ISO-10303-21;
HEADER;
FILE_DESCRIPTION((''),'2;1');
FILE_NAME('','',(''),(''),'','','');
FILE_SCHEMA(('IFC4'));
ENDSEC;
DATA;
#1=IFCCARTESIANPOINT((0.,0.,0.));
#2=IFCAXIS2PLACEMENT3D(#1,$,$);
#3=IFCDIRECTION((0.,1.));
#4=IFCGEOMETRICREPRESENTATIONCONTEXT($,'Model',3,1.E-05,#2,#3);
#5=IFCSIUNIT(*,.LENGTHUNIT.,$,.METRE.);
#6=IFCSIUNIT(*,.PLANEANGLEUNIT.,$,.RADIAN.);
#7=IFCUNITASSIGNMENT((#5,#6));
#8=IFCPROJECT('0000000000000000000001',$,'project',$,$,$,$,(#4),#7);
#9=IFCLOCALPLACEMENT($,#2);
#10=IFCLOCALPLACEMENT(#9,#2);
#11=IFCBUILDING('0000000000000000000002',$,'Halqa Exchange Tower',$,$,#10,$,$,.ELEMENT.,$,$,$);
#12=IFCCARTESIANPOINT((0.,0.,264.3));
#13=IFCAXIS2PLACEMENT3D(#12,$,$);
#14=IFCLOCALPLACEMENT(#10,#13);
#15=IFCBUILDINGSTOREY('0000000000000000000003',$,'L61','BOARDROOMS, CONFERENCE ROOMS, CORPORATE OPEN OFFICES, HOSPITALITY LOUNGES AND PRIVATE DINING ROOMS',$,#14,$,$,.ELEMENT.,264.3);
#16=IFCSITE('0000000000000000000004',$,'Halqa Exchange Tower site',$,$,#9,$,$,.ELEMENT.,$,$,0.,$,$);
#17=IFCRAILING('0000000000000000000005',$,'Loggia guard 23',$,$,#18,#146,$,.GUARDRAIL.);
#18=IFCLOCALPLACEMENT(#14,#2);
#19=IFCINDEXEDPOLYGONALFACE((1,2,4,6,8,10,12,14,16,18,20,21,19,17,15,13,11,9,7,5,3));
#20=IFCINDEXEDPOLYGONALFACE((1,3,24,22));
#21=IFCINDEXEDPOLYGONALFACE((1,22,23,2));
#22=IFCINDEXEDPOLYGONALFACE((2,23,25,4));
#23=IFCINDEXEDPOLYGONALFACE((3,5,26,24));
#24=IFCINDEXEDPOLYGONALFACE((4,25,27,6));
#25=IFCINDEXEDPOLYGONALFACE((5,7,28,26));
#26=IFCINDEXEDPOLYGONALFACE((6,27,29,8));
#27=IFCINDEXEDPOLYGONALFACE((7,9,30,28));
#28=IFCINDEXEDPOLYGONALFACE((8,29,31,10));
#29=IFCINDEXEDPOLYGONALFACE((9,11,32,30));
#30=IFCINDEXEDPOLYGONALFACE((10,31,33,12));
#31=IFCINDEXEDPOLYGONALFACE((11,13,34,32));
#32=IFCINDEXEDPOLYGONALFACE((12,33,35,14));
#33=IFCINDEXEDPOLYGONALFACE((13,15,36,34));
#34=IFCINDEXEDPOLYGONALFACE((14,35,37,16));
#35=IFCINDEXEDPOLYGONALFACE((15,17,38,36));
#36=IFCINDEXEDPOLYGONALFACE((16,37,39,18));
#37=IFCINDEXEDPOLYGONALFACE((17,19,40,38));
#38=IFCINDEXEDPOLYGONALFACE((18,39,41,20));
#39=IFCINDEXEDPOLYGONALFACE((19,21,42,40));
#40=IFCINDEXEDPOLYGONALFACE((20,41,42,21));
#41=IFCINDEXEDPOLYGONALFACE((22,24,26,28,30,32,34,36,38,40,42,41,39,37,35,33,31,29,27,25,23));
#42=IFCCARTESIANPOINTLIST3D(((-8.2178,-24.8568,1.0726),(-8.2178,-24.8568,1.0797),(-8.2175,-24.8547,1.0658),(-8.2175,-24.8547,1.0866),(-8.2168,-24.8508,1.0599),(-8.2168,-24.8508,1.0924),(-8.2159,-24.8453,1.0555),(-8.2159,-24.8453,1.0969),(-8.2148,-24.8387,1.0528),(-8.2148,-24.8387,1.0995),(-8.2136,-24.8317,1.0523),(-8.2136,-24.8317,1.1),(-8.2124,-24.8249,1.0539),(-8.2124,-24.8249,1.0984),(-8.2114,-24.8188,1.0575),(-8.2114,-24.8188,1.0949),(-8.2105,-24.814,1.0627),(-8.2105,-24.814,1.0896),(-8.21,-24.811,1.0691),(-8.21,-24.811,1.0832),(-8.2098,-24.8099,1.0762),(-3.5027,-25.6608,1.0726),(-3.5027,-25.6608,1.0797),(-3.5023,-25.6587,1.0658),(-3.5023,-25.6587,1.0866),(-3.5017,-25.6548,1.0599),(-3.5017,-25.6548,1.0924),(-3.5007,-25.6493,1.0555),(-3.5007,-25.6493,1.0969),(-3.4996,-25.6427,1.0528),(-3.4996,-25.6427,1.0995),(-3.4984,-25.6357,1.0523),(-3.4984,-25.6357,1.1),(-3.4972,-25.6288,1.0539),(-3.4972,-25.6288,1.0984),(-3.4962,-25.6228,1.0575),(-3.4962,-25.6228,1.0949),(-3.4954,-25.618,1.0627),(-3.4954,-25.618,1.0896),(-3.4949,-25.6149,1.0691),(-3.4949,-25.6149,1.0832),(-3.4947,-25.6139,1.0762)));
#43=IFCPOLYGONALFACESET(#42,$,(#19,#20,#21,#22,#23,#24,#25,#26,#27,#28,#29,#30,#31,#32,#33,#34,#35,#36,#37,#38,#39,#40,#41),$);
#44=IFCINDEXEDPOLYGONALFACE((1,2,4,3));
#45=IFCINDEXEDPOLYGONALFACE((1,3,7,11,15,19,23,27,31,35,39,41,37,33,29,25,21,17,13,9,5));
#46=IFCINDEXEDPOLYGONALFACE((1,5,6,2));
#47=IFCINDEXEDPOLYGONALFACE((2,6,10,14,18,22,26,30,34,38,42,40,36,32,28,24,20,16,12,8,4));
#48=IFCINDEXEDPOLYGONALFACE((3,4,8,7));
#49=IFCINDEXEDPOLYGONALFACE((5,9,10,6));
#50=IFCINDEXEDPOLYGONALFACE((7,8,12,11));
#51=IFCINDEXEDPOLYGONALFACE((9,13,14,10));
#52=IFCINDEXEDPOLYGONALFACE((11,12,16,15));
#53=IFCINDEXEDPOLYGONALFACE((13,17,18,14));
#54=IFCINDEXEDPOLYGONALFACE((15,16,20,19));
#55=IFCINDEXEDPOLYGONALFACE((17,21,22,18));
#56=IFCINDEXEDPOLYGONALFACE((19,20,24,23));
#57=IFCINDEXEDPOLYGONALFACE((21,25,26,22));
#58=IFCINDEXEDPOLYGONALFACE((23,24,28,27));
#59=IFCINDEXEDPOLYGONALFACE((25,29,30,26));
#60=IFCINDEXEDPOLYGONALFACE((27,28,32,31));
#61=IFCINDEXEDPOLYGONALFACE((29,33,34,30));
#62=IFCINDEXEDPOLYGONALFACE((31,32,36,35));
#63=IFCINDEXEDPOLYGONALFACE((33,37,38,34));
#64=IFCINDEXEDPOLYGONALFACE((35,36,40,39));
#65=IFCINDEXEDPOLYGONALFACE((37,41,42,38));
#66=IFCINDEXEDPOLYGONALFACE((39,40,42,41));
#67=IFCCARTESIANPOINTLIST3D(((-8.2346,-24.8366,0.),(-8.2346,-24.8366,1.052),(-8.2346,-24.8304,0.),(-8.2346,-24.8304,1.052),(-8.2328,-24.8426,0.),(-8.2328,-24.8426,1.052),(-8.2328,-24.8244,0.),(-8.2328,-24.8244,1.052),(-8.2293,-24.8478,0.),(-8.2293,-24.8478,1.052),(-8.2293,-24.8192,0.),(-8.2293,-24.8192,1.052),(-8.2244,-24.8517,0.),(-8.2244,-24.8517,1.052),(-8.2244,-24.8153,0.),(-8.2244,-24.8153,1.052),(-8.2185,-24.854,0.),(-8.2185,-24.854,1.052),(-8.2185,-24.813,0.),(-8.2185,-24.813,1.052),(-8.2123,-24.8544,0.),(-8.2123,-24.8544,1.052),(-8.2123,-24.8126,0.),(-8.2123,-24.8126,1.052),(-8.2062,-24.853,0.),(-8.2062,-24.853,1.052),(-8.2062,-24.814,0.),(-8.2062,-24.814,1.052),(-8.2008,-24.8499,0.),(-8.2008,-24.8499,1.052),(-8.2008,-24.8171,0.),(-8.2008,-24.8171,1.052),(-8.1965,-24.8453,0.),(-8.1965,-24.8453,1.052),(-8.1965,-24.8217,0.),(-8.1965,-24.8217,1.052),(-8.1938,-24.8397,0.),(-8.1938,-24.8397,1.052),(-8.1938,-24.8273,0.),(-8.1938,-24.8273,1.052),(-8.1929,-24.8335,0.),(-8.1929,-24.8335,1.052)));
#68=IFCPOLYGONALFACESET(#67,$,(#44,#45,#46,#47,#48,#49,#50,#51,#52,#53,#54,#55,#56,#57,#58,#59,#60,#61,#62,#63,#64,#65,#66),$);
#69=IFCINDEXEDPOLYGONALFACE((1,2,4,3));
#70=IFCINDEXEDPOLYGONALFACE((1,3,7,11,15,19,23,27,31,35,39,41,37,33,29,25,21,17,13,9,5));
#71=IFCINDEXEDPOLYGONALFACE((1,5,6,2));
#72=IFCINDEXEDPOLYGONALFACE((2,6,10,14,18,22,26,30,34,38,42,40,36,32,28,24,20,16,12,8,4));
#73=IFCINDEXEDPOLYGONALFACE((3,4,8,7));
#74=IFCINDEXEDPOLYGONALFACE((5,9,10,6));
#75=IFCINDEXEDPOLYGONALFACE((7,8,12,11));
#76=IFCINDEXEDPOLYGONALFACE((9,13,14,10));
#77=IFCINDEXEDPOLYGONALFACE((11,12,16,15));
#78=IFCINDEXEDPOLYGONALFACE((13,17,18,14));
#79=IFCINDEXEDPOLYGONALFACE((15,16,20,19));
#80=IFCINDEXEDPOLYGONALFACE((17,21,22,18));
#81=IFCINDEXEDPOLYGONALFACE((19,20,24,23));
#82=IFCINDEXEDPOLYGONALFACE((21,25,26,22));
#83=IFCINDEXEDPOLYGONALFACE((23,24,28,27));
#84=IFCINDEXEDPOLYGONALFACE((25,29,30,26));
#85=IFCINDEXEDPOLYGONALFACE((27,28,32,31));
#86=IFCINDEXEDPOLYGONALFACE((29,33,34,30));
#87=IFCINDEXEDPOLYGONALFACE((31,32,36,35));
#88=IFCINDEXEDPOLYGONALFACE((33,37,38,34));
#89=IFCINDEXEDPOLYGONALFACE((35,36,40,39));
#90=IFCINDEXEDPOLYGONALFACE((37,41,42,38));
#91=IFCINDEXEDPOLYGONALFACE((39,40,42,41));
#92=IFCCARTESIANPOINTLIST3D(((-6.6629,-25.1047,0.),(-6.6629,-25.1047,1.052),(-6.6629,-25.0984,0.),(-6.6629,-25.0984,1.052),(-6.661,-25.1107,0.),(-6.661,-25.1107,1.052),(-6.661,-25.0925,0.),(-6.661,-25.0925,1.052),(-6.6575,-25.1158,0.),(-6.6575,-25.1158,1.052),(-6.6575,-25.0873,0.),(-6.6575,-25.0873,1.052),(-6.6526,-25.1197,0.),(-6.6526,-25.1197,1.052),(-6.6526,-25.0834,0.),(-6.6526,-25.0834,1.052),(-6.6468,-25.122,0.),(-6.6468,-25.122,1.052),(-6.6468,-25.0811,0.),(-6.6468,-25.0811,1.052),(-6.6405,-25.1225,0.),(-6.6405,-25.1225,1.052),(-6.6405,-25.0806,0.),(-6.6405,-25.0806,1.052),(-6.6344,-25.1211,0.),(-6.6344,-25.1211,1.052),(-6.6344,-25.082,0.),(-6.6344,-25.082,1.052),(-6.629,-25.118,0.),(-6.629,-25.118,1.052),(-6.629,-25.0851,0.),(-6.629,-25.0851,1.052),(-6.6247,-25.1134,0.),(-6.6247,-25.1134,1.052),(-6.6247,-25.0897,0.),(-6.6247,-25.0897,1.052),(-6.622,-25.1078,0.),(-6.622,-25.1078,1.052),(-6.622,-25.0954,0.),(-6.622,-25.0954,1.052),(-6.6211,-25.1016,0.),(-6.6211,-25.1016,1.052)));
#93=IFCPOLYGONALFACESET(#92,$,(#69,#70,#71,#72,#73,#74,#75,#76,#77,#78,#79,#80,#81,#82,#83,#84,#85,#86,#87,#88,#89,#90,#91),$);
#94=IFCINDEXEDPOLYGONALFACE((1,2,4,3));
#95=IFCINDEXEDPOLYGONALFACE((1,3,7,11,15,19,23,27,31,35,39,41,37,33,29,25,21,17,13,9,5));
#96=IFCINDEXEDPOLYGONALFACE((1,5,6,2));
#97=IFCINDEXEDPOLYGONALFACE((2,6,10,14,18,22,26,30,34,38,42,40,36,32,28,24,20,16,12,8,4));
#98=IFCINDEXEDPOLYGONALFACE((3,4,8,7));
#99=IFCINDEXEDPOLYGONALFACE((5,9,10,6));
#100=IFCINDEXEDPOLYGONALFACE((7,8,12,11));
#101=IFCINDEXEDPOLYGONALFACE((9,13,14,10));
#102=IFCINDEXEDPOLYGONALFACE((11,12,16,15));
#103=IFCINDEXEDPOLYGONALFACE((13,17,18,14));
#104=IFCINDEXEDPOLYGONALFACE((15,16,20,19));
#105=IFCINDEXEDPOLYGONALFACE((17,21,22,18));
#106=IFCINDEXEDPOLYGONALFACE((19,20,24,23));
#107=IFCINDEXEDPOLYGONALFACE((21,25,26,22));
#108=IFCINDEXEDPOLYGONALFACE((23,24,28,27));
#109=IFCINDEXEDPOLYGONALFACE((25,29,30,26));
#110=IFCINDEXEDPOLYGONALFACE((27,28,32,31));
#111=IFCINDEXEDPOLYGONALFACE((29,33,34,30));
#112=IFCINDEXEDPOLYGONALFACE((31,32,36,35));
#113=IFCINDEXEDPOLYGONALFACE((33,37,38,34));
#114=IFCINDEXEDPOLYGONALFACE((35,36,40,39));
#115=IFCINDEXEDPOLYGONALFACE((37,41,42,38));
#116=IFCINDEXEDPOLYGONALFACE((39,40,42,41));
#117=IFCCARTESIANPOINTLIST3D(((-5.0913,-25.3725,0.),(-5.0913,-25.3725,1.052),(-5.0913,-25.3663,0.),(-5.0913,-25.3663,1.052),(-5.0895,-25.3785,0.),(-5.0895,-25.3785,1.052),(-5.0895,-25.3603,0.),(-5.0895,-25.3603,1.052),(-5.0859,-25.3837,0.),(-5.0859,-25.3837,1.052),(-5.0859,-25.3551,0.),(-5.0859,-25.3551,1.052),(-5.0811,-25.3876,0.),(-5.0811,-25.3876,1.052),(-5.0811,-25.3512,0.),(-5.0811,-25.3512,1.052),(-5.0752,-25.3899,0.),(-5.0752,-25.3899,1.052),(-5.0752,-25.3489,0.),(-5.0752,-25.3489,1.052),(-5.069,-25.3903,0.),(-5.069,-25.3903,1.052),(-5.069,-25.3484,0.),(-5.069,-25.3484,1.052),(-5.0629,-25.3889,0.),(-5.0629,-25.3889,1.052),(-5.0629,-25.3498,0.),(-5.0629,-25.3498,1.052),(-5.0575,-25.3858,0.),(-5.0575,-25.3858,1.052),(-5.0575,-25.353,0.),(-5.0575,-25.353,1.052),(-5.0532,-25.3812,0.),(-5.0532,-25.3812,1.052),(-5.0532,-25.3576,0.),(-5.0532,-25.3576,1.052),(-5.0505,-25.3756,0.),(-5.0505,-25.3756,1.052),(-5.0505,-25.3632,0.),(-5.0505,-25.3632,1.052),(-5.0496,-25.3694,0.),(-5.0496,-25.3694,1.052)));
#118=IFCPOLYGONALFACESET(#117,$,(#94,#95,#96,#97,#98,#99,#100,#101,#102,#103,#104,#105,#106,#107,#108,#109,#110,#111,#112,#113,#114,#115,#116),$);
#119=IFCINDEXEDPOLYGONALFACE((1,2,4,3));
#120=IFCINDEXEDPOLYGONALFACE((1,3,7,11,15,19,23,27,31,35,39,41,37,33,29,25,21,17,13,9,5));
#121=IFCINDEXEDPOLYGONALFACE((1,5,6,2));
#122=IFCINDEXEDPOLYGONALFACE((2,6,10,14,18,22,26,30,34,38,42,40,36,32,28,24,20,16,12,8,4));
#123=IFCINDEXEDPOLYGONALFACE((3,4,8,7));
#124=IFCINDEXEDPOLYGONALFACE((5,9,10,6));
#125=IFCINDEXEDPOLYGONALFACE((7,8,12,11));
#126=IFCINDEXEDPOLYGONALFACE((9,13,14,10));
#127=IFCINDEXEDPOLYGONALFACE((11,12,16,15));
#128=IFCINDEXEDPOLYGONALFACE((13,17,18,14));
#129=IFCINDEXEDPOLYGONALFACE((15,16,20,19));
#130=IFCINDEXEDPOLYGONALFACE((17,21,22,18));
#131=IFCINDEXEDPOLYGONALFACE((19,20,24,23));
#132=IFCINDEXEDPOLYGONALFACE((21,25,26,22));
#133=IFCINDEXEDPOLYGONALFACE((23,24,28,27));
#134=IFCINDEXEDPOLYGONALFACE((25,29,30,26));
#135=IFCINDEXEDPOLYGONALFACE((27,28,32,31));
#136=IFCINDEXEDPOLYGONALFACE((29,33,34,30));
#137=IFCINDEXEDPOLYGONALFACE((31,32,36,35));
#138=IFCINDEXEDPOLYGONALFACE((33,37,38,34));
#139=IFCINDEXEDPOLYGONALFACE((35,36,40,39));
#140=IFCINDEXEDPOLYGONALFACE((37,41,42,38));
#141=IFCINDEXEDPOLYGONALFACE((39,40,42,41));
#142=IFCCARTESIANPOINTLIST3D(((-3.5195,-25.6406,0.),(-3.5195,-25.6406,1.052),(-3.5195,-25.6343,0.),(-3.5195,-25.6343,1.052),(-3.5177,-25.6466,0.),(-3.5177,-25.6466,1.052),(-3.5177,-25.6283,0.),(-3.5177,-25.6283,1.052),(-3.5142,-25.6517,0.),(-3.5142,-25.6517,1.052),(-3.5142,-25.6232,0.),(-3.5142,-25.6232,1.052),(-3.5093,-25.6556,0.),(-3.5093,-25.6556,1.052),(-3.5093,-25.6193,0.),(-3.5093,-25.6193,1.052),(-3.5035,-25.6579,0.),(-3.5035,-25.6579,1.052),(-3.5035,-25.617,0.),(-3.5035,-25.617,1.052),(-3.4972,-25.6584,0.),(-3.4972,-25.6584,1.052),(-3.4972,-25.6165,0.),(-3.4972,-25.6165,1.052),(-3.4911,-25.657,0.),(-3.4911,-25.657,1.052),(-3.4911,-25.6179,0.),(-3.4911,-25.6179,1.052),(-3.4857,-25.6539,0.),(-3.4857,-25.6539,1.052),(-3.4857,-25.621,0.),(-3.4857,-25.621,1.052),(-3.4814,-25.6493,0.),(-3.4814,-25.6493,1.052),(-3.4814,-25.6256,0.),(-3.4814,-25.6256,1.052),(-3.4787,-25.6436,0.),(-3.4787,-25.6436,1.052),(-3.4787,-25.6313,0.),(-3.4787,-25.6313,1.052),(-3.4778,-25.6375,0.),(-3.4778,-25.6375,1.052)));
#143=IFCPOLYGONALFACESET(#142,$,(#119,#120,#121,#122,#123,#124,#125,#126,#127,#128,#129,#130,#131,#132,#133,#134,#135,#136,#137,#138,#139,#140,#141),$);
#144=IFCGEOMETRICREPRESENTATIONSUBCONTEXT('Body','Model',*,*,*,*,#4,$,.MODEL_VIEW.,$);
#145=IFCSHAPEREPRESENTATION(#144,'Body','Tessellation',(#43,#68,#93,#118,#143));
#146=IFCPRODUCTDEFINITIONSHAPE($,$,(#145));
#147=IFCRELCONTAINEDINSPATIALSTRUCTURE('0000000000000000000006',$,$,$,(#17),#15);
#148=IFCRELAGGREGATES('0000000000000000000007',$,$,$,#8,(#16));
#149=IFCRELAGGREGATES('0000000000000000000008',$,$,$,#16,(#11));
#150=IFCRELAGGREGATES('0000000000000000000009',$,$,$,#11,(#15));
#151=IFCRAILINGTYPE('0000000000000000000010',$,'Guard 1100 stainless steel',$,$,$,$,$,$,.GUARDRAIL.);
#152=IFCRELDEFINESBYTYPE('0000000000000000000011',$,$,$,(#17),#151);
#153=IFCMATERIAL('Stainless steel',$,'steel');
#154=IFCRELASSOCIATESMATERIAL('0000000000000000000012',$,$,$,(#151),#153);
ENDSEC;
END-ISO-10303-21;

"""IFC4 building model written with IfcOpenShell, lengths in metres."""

from ifc_helpers import new_model, si_unit, direction, frame, origin, origin_2d, place, context, subcontext, project, spatial, circle, extrude, material, type_object, element, save


model = new_model("IFC4")

# Units and contexts
model_context = context("Model", 3, precision=1e-05, world=origin(), true_north=direction((0.0, 1.0)))
body_context = subcontext(model_context, "Body", "Model", "MODEL_VIEW")
ifc_project = project(units=[si_unit("LENGTHUNIT", "METRE"), si_unit("PLANEANGLEUNIT", "RADIAN")], contexts=[model_context])

# Site, building, storey
site_placement = place(None, origin())
site = spatial("IfcSite", under=ifc_project, at=site_placement, Name="Halqa Exchange Tower site", CompositionType="ELEMENT", RefElevation=0.0)
building_placement = place(site_placement, origin())
building = spatial("IfcBuilding", under=site, at=building_placement, Name="Halqa Exchange Tower", CompositionType="ELEMENT")
storey_placement = place(building_placement, frame((0.0, 0.0, 264.3)))
storey = spatial("IfcBuildingStorey", under=building, at=storey_placement, Name="L61", Description="BOARDROOMS, CONFERENCE ROOMS, CORPORATE OPEN OFFICES, HOSPITALITY LOUNGES AND PRIVATE DINING ROOMS", CompositionType="ELEMENT", Elevation=264.3)

# Railing
ifc_material_1 = material(Name="Stainless steel", Category="steel")
railing_type = type_object("IfcRailingType", Name="Guard 1100 stainless steel", PredefinedType="GUARDRAIL", material=ifc_material_1)
railing_1_placement = place(storey_placement, frame((-8.2139, -24.8335, 0.0)))
element("IfcRailing", 1, at=railing_1_placement, inside=storey, type_object=railing_type, Name="Loggia guard 23", PredefinedType="GUARDRAIL", context=body_context, shape_type="SweptSolid", body=[
    extrude(circle(Radius=0.0239, at=origin_2d()), frame((0.0, 0.0, 1.0762), z_axis=(0.985773, -0.168081, 0.0), x_axis=(0.168081, 0.985773, 0.0)), (0.0, 0.0, 1.0), 4.7832),
    extrude(circle(Radius=0.021, at=origin_2d()), origin(), (0.0, 0.0, 1.0), 1.052),
    extrude(circle(Radius=0.021, at=origin_2d()), frame((1.5718, -0.2681, 0.0)), (0.0, 0.0, 1.0), 1.052),
    extrude(circle(Radius=0.021, at=origin_2d()), frame((3.1433, -0.5359, 0.0)), (0.0, 0.0, 1.0), 1.052),
    extrude(circle(Radius=0.021, at=origin_2d()), frame((4.7151, -0.804, 0.0)), (0.0, 0.0, 1.0), 1.052),
])

save(model, "model.ifc")
